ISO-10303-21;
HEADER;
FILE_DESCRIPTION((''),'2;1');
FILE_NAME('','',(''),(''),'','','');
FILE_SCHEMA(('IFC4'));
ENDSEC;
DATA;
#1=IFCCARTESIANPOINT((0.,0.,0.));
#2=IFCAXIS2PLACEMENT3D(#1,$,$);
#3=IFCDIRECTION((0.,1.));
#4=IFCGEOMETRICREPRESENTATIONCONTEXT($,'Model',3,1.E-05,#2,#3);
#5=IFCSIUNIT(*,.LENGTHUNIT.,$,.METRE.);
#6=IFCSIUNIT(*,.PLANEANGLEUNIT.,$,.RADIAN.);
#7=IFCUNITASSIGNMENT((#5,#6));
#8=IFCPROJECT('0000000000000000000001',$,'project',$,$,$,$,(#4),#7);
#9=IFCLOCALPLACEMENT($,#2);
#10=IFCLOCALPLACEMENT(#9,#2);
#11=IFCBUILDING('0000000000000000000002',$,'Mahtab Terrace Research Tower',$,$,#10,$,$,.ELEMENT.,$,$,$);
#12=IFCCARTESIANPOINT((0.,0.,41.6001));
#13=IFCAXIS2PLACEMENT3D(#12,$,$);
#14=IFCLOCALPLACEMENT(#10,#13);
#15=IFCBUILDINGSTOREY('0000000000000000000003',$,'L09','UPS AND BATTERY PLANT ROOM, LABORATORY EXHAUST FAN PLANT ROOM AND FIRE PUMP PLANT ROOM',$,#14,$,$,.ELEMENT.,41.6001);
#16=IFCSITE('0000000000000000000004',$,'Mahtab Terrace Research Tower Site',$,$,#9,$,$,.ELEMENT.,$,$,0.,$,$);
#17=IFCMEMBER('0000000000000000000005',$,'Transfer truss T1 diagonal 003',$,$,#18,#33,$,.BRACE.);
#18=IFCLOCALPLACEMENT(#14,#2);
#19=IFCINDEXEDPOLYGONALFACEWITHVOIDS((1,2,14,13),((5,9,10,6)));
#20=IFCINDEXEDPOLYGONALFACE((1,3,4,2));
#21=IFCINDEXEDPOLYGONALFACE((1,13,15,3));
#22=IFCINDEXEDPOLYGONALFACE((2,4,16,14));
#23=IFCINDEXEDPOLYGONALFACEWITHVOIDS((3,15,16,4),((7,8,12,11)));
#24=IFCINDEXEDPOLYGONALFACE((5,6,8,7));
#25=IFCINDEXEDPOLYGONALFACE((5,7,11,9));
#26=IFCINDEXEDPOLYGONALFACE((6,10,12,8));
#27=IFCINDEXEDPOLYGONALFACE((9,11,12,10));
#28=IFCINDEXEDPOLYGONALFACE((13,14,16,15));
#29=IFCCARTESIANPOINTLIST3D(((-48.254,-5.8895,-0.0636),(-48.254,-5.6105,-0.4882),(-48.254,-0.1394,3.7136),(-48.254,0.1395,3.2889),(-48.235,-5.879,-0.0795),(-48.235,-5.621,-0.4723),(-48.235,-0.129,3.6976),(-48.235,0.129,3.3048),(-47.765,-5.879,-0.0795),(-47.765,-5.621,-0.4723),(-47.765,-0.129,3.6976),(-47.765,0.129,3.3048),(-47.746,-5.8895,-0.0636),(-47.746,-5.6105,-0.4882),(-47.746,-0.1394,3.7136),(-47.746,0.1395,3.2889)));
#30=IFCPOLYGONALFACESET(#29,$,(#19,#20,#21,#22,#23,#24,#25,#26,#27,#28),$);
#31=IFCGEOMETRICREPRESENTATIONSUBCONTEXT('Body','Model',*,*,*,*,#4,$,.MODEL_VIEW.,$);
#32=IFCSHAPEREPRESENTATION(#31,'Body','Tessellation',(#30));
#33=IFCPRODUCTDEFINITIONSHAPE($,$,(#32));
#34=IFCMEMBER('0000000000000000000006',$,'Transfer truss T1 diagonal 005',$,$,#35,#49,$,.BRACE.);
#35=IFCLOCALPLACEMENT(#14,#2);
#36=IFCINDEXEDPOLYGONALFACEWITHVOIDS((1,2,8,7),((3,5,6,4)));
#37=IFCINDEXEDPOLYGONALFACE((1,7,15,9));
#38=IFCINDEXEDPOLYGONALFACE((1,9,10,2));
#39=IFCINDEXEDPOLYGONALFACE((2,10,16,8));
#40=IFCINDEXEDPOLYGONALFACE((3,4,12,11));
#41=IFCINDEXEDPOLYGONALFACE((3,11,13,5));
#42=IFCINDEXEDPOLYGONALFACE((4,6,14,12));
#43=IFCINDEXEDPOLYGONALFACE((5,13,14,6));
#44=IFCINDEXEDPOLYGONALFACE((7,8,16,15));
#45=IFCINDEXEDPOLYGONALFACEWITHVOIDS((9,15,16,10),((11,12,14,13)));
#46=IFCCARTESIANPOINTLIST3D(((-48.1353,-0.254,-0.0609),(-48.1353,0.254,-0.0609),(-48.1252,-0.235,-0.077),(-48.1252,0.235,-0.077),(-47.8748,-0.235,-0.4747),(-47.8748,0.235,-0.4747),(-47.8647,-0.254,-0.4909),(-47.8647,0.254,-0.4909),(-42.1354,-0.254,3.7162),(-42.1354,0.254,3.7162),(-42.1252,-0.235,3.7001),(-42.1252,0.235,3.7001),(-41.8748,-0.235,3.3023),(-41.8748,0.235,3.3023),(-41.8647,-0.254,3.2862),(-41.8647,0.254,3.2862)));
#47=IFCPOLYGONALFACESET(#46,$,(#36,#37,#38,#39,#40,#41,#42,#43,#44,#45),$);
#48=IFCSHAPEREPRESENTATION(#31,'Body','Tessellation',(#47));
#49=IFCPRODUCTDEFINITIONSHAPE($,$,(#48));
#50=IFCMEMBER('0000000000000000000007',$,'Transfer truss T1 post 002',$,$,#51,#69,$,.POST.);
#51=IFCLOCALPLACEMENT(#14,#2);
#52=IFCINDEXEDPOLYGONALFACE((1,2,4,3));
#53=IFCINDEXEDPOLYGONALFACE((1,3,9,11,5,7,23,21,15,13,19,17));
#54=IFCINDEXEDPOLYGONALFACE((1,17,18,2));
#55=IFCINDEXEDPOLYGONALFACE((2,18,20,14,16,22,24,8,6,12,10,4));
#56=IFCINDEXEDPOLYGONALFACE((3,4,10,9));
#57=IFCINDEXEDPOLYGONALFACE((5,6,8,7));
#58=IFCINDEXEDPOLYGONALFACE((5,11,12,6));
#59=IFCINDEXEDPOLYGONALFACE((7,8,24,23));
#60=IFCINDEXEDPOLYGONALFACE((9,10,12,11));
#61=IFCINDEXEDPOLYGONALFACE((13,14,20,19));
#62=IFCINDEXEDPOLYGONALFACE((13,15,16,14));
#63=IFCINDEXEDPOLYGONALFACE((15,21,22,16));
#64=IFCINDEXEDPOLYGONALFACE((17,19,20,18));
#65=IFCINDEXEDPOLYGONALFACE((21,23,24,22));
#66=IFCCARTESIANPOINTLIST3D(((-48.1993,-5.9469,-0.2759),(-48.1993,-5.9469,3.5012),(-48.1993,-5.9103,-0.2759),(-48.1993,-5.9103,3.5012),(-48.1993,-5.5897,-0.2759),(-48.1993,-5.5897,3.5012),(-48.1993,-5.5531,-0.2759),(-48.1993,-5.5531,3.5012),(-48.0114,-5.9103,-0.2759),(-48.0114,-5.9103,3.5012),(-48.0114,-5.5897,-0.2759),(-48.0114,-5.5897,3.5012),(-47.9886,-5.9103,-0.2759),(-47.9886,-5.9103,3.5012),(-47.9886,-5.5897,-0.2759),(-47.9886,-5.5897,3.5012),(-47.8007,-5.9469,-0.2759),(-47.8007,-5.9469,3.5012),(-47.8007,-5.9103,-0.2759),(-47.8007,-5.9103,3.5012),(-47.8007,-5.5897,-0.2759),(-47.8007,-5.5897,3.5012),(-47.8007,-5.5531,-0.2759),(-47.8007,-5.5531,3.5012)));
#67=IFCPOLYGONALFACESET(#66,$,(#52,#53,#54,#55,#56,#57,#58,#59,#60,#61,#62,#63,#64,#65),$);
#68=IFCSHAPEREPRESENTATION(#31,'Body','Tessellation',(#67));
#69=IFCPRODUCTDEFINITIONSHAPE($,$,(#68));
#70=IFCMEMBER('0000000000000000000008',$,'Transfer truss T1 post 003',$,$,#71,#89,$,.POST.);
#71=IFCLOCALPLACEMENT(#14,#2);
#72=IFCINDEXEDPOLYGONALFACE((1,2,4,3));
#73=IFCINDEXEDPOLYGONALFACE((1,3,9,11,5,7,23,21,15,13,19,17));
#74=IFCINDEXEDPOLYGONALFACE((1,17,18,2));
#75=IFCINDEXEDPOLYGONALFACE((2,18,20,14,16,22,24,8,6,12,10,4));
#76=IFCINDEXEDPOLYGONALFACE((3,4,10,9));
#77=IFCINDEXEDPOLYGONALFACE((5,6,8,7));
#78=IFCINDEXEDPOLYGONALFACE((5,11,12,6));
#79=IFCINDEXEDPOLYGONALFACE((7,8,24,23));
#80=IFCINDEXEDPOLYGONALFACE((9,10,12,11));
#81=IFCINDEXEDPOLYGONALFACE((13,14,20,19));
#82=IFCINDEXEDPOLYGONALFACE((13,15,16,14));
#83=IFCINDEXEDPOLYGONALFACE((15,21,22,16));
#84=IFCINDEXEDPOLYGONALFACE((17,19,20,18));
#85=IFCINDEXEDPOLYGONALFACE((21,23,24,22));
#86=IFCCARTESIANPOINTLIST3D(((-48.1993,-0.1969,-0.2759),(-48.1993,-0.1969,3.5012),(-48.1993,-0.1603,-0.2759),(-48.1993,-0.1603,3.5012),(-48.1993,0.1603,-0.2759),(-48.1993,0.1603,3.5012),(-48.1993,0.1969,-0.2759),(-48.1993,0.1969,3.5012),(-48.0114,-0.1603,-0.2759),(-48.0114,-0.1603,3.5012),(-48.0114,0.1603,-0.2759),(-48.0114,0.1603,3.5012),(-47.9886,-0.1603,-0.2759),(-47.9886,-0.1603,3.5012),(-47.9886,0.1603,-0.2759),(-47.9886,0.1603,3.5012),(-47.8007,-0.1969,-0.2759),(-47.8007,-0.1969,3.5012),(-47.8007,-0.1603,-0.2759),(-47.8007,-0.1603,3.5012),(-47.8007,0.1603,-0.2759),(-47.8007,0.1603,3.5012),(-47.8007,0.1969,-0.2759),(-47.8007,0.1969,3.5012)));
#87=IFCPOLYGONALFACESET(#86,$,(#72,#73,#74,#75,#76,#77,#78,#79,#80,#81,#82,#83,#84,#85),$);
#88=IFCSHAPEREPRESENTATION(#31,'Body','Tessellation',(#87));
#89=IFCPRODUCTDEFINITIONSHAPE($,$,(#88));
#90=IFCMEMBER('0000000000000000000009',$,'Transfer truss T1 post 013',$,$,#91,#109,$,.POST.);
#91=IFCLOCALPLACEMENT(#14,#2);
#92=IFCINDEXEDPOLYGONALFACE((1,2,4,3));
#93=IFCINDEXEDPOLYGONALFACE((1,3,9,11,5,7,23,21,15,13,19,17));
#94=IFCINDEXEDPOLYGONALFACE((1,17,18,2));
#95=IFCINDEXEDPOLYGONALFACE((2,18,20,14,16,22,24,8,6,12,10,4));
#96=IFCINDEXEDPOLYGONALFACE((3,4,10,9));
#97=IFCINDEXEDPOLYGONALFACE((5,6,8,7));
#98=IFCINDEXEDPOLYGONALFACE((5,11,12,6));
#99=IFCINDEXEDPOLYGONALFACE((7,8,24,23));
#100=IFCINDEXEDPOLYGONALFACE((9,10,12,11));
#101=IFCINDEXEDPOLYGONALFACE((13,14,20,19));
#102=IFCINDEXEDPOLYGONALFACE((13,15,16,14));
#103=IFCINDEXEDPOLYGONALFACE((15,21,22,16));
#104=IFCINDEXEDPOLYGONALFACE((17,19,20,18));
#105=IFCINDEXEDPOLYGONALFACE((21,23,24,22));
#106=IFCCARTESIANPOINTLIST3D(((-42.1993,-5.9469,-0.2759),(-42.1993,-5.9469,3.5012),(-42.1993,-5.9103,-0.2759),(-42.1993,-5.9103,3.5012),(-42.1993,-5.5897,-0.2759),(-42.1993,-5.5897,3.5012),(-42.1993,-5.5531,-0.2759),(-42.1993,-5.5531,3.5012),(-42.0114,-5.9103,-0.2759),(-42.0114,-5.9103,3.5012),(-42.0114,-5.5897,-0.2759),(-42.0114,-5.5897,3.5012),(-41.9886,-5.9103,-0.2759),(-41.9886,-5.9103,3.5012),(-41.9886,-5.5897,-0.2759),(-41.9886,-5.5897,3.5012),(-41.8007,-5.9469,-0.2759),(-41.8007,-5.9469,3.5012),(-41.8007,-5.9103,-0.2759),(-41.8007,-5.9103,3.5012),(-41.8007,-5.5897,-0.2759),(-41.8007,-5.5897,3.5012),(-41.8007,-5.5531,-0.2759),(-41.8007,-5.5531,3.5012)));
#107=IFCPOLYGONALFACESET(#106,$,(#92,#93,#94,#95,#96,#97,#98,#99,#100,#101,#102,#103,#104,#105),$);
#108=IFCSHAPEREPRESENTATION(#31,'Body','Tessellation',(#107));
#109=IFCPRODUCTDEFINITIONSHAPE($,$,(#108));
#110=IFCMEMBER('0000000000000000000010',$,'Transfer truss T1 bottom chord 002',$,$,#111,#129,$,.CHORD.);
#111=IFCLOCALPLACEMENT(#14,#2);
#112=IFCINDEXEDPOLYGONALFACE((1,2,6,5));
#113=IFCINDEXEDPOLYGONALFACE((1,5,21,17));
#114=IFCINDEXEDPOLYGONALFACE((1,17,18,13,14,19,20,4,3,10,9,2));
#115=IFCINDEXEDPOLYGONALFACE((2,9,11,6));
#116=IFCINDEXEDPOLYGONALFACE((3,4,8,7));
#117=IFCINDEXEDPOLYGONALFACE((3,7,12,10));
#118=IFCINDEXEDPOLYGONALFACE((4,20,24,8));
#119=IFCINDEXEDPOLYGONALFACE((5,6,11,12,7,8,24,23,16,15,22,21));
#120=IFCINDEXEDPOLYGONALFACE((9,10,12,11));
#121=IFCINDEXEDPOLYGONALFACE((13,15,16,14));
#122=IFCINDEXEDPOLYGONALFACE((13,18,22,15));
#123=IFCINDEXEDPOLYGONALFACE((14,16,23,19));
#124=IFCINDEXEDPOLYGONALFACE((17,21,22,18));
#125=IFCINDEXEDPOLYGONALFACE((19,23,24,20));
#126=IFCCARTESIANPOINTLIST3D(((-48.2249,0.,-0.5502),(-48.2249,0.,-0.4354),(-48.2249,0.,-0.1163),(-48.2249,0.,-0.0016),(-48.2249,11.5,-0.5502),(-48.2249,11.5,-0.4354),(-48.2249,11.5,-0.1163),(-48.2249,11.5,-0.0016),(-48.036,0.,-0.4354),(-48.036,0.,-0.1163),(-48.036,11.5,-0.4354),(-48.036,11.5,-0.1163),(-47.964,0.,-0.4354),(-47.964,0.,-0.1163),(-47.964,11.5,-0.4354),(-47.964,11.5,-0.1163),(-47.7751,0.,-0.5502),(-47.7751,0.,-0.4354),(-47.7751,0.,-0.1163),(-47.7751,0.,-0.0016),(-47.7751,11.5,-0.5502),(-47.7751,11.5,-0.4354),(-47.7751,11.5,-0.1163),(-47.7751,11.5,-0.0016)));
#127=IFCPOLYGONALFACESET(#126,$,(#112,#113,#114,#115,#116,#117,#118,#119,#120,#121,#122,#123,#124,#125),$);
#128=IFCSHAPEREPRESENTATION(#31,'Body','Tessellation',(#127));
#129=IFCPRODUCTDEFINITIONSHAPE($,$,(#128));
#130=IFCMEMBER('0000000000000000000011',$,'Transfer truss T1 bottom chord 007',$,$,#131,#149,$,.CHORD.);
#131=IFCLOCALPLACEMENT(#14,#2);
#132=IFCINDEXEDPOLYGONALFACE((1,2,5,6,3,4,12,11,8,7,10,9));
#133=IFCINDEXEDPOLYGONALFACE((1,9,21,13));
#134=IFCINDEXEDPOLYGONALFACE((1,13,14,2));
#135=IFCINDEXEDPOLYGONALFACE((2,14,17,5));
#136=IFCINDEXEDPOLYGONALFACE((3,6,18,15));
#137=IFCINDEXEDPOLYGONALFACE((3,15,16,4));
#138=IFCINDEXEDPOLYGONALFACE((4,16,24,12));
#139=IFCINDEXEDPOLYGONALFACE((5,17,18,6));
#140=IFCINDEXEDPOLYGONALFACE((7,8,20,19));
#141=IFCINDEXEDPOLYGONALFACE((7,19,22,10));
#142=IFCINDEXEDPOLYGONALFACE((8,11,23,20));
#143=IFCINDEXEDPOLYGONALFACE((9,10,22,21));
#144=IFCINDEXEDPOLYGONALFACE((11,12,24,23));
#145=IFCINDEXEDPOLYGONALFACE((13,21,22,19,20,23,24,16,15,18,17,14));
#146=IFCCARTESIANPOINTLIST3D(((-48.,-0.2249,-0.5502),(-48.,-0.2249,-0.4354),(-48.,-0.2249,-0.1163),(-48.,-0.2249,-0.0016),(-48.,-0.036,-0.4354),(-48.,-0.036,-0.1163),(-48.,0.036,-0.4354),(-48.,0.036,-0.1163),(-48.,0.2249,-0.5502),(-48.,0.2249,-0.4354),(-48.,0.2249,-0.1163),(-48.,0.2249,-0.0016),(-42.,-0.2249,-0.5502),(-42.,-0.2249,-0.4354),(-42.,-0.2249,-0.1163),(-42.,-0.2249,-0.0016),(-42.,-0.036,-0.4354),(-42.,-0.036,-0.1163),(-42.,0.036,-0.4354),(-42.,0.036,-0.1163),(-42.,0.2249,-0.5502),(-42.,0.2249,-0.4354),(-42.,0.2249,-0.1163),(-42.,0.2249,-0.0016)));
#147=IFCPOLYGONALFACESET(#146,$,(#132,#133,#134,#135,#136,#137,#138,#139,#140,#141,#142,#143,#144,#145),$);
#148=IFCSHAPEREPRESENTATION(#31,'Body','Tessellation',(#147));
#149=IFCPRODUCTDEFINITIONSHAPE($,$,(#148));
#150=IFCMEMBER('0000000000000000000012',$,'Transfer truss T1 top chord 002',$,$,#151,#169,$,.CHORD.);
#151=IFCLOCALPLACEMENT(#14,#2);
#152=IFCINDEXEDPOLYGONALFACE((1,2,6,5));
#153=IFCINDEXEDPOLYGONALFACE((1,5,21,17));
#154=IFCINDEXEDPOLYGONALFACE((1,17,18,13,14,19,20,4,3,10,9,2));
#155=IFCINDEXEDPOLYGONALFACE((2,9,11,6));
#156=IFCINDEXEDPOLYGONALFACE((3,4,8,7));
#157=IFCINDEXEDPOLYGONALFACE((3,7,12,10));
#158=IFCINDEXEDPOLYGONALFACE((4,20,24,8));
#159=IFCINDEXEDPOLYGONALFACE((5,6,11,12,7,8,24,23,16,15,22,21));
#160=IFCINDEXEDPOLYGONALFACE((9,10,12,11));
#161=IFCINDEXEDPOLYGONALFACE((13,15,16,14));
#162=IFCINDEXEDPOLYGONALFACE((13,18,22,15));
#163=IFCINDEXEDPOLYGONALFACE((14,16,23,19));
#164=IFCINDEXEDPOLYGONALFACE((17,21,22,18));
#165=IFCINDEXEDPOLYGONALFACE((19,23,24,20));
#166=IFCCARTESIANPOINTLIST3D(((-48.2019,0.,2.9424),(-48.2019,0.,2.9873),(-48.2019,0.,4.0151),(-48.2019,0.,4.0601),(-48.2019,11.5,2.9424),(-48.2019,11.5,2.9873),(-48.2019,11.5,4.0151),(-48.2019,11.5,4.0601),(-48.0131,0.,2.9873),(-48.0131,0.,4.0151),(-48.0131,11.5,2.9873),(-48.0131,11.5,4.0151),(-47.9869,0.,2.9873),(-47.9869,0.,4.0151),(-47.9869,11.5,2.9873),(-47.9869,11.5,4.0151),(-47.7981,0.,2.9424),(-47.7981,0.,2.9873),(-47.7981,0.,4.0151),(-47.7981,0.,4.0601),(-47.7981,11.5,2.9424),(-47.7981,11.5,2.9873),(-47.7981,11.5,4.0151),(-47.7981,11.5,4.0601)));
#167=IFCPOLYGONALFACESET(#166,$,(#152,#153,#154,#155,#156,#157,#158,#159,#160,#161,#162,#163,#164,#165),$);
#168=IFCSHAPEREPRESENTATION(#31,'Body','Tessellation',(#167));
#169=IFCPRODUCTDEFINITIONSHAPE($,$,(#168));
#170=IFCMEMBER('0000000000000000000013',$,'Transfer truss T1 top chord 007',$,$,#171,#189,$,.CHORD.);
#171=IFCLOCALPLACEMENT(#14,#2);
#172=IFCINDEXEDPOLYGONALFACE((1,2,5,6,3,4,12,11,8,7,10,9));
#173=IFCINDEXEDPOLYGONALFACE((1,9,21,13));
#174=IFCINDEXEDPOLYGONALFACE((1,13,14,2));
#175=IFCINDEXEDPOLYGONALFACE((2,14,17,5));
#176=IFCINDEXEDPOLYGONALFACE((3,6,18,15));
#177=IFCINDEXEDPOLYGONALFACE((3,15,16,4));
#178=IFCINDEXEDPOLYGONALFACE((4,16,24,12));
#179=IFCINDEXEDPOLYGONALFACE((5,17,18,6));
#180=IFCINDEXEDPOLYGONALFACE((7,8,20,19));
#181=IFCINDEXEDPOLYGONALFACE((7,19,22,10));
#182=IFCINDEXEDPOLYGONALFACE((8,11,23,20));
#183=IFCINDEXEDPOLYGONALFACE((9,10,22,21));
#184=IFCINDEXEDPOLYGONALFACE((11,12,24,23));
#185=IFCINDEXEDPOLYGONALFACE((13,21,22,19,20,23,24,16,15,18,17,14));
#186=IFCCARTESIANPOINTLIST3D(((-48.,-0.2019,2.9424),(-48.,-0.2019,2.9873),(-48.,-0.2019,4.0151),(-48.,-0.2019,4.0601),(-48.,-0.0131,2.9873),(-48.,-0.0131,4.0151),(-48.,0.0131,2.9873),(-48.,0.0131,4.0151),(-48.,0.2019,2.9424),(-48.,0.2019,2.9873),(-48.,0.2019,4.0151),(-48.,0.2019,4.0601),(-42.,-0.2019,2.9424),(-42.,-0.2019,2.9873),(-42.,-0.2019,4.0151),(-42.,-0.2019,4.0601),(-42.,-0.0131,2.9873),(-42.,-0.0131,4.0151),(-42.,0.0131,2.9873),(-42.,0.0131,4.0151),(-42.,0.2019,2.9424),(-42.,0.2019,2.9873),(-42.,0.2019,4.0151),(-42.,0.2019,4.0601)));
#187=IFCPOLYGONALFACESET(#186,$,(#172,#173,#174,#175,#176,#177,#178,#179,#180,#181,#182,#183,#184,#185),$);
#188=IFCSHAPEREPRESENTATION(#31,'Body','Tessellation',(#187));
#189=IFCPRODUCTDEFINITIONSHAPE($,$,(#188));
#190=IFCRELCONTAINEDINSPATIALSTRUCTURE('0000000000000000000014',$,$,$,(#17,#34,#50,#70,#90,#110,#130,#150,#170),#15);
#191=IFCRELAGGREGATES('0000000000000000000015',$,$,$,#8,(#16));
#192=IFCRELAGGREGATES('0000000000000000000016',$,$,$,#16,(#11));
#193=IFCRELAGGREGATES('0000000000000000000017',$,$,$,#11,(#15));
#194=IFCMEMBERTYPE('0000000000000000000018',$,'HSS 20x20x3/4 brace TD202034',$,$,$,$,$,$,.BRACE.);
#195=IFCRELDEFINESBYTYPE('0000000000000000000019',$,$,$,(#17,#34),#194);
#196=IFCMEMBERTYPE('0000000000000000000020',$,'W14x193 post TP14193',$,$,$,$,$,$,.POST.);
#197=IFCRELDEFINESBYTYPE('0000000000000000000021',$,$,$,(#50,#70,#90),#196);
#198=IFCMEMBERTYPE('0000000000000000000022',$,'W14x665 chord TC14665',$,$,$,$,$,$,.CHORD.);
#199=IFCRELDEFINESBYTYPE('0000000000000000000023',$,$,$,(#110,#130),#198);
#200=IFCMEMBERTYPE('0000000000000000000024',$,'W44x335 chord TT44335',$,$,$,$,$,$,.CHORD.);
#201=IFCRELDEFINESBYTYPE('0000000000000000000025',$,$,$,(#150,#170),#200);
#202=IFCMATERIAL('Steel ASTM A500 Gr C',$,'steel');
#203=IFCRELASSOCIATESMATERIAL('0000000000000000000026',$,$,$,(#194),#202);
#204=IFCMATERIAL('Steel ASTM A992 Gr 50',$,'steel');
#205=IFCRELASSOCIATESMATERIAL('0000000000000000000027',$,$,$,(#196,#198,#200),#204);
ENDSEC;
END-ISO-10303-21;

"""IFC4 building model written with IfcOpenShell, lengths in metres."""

from ifc_helpers import new_model, si_unit, direction, frame, origin, origin_2d, place, context, subcontext, project, spatial, hollow_rectangle, i_section, extrude, material, material_profile, profile_set, type_object, element, save


model = new_model("IFC4")

# Units and contexts
model_context = context("Model", 3, precision=1e-05, world=origin(), true_north=direction((0.0, 1.0)))
body_context = subcontext(model_context, "Body", "Model", "MODEL_VIEW")
ifc_project = project(units=[si_unit("LENGTHUNIT", "METRE"), si_unit("PLANEANGLEUNIT", "RADIAN")], contexts=[model_context])

# Site, building, storey
site_placement = place(None, origin())
site = spatial("IfcSite", under=ifc_project, at=site_placement, Name="Mahtab Terrace Research Tower Site", CompositionType="ELEMENT", RefElevation=0.0)
building_placement = place(site_placement, origin())
building = spatial("IfcBuilding", under=site, at=building_placement, Name="Mahtab Terrace Research Tower", CompositionType="ELEMENT")
storey_placement = place(building_placement, frame((0.0, 0.0, 41.6001)))
storey = spatial("IfcBuildingStorey", under=building, at=storey_placement, Name="L09", Description="UPS AND BATTERY PLANT ROOM, LABORATORY EXHAUST FAN PLANT ROOM AND FIRE PUMP PLANT ROOM", CompositionType="ELEMENT", Elevation=41.6001)

# Members
ifc_material_1 = material(Name="Steel ASTM A500 Gr C", Category="steel")
ifc_material_profile_1 = material_profile(ifc_material_1, hollow_rectangle(XDim=0.5081, YDim=0.5081, WallThickness=0.019, at=origin_2d()), Name="HSS20X20X3/4")
ifc_profile_set_1 = profile_set([ifc_material_profile_1], Name="Steel ASTM A500 Gr C")
member_type_1 = type_object("IfcMemberType", Name="HSS 20x20x3/4 brace TD202034", PredefinedType="BRACE", material=ifc_profile_set_1)
member_1_placement = place(storey_placement, frame((-48.0, -5.75, -0.2759), z_axis=(0.0, 0.835804, 0.549028), x_axis=(-1.0, 0.0, 0.0)))
element("IfcMember", 1, at=member_1_placement, inside=storey, type_object=member_type_1, Name="Transfer truss T1 diagonal 003", PredefinedType="BRACE", context=body_context, shape_type="SweptSolid", body=[
    extrude(hollow_rectangle(XDim=0.5081, YDim=0.5081, WallThickness=0.019, at=origin_2d()), origin(), (0.0, 0.0, 1.0), 6.8796),
])
member_2_placement = place(storey_placement, frame((-48.0, 0.0, -0.2759), z_axis=(0.846276, 0.0, 0.532745), x_axis=(0.0, 1.0, 0.0)))
element("IfcMember", 2, at=member_2_placement, inside=storey, type_object=member_type_1, Name="Transfer truss T1 diagonal 005", PredefinedType="BRACE", context=body_context, shape_type="SweptSolid", body=[
    extrude(hollow_rectangle(XDim=0.5081, YDim=0.5081, WallThickness=0.019, at=origin_2d()), origin(), (0.0, 0.0, 1.0), 7.0898),
])
ifc_material_2 = material(Name="Steel ASTM A992 Gr 50", Category="steel")
ifc_material_profile_2 = material_profile(ifc_material_2, i_section(OverallWidth=0.3987, OverallDepth=0.3938, WebThickness=0.0227, FlangeThickness=0.0366, at=origin_2d()), Name="W14X193")
ifc_profile_set_2 = profile_set([ifc_material_profile_2], Name="Steel ASTM A992 Gr 50")
member_type_2 = type_object("IfcMemberType", Name="W14x193 post TP14193", PredefinedType="POST", material=ifc_profile_set_2)
for number, where, z_axis, x_axis, name in (
    (3, (-48.0, -5.75, -0.2759), (0.0, 0.0, 1.0), (1.0, 0.0, 0.0), "Transfer truss T1 post 002"),
    (4, (-48.0, 0.0, -0.2759), (0.0, 0.0, 1.0), (1.0, 0.0, 0.0), "Transfer truss T1 post 003"),
    (5, (-42.0, -5.75, -0.2759), (0.0, 0.0, 1.0), (1.0, 0.0, 0.0), "Transfer truss T1 post 013"),
):
    element("IfcMember", number, at=place(storey_placement, frame(where, z_axis=z_axis, x_axis=x_axis)), inside=storey, type_object=member_type_2, Name=name, PredefinedType="POST", context=body_context, shape_type="SweptSolid", body=[
        extrude(i_section(OverallWidth=0.3987, OverallDepth=0.3938, WebThickness=0.0227, FlangeThickness=0.0366, at=origin_2d()), origin(), (0.0, 0.0, 1.0), 3.7771),
    ])
ifc_material_profile_3 = material_profile(ifc_material_2, i_section(OverallWidth=0.4497, OverallDepth=0.5486, WebThickness=0.072, FlangeThickness=0.1147, at=origin_2d()), Name="W14X665")
ifc_profile_set_3 = profile_set([ifc_material_profile_3], Name="Steel ASTM A992 Gr 50")
member_type_3 = type_object("IfcMemberType", Name="W14x665 chord TC14665", PredefinedType="CHORD", material=ifc_profile_set_3)
member_3_placement = place(storey_placement, frame((-48.0, 0.0, -0.2759), z_axis=(0.0, 1.0, 0.0), x_axis=(-1.0, 0.0, 0.0)))
element("IfcMember", 6, at=member_3_placement, inside=storey, type_object=member_type_3, Name="Transfer truss T1 bottom chord 002", PredefinedType="CHORD", context=body_context, shape_type="SweptSolid", body=[
    extrude(i_section(OverallWidth=0.4497, OverallDepth=0.5486, WebThickness=0.072, FlangeThickness=0.1147, at=origin_2d()), origin(), (0.0, 0.0, 1.0), 11.5),
])
member_4_placement = place(storey_placement, frame((-48.0, 0.0, -0.2759), z_axis=(1.0, 0.0, 0.0), x_axis=(0.0, 1.0, 0.0)))
element("IfcMember", 7, at=member_4_placement, inside=storey, type_object=member_type_3, Name="Transfer truss T1 bottom chord 007", PredefinedType="CHORD", context=body_context, shape_type="SweptSolid", body=[
    extrude(i_section(OverallWidth=0.4497, OverallDepth=0.5486, WebThickness=0.072, FlangeThickness=0.1147, at=origin_2d()), origin(), (0.0, 0.0, 1.0), 6.0),
])
ifc_material_profile_4 = material_profile(ifc_material_2, i_section(OverallWidth=0.4038, OverallDepth=1.1177, WebThickness=0.0261, FlangeThickness=0.0449, at=origin_2d()), Name="W44X335")
ifc_profile_set_4 = profile_set([ifc_material_profile_4], Name="Steel ASTM A992 Gr 50")
member_type_4 = type_object("IfcMemberType", Name="W44x335 chord TT44335", PredefinedType="CHORD", material=ifc_profile_set_4)
member_5_placement = place(storey_placement, frame((-48.0, 0.0, 3.5012), z_axis=(0.0, 1.0, 0.0), x_axis=(-1.0, 0.0, 0.0)))
element("IfcMember", 8, at=member_5_placement, inside=storey, type_object=member_type_4, Name="Transfer truss T1 top chord 002", PredefinedType="CHORD", context=body_context, shape_type="SweptSolid", body=[
    extrude(i_section(OverallWidth=0.4038, OverallDepth=1.1177, WebThickness=0.0261, FlangeThickness=0.0449, at=origin_2d()), origin(), (0.0, 0.0, 1.0), 11.5),
])
member_6_placement = place(storey_placement, frame((-48.0, 0.0, 3.5012), z_axis=(1.0, 0.0, 0.0), x_axis=(0.0, 1.0, 0.0)))
element("IfcMember", 9, at=member_6_placement, inside=storey, type_object=member_type_4, Name="Transfer truss T1 top chord 007", PredefinedType="CHORD", context=body_context, shape_type="SweptSolid", body=[
    extrude(i_section(OverallWidth=0.4038, OverallDepth=1.1177, WebThickness=0.0261, FlangeThickness=0.0449, at=origin_2d()), origin(), (0.0, 0.0, 1.0), 6.0),
])

save(model, "model.ifc")
